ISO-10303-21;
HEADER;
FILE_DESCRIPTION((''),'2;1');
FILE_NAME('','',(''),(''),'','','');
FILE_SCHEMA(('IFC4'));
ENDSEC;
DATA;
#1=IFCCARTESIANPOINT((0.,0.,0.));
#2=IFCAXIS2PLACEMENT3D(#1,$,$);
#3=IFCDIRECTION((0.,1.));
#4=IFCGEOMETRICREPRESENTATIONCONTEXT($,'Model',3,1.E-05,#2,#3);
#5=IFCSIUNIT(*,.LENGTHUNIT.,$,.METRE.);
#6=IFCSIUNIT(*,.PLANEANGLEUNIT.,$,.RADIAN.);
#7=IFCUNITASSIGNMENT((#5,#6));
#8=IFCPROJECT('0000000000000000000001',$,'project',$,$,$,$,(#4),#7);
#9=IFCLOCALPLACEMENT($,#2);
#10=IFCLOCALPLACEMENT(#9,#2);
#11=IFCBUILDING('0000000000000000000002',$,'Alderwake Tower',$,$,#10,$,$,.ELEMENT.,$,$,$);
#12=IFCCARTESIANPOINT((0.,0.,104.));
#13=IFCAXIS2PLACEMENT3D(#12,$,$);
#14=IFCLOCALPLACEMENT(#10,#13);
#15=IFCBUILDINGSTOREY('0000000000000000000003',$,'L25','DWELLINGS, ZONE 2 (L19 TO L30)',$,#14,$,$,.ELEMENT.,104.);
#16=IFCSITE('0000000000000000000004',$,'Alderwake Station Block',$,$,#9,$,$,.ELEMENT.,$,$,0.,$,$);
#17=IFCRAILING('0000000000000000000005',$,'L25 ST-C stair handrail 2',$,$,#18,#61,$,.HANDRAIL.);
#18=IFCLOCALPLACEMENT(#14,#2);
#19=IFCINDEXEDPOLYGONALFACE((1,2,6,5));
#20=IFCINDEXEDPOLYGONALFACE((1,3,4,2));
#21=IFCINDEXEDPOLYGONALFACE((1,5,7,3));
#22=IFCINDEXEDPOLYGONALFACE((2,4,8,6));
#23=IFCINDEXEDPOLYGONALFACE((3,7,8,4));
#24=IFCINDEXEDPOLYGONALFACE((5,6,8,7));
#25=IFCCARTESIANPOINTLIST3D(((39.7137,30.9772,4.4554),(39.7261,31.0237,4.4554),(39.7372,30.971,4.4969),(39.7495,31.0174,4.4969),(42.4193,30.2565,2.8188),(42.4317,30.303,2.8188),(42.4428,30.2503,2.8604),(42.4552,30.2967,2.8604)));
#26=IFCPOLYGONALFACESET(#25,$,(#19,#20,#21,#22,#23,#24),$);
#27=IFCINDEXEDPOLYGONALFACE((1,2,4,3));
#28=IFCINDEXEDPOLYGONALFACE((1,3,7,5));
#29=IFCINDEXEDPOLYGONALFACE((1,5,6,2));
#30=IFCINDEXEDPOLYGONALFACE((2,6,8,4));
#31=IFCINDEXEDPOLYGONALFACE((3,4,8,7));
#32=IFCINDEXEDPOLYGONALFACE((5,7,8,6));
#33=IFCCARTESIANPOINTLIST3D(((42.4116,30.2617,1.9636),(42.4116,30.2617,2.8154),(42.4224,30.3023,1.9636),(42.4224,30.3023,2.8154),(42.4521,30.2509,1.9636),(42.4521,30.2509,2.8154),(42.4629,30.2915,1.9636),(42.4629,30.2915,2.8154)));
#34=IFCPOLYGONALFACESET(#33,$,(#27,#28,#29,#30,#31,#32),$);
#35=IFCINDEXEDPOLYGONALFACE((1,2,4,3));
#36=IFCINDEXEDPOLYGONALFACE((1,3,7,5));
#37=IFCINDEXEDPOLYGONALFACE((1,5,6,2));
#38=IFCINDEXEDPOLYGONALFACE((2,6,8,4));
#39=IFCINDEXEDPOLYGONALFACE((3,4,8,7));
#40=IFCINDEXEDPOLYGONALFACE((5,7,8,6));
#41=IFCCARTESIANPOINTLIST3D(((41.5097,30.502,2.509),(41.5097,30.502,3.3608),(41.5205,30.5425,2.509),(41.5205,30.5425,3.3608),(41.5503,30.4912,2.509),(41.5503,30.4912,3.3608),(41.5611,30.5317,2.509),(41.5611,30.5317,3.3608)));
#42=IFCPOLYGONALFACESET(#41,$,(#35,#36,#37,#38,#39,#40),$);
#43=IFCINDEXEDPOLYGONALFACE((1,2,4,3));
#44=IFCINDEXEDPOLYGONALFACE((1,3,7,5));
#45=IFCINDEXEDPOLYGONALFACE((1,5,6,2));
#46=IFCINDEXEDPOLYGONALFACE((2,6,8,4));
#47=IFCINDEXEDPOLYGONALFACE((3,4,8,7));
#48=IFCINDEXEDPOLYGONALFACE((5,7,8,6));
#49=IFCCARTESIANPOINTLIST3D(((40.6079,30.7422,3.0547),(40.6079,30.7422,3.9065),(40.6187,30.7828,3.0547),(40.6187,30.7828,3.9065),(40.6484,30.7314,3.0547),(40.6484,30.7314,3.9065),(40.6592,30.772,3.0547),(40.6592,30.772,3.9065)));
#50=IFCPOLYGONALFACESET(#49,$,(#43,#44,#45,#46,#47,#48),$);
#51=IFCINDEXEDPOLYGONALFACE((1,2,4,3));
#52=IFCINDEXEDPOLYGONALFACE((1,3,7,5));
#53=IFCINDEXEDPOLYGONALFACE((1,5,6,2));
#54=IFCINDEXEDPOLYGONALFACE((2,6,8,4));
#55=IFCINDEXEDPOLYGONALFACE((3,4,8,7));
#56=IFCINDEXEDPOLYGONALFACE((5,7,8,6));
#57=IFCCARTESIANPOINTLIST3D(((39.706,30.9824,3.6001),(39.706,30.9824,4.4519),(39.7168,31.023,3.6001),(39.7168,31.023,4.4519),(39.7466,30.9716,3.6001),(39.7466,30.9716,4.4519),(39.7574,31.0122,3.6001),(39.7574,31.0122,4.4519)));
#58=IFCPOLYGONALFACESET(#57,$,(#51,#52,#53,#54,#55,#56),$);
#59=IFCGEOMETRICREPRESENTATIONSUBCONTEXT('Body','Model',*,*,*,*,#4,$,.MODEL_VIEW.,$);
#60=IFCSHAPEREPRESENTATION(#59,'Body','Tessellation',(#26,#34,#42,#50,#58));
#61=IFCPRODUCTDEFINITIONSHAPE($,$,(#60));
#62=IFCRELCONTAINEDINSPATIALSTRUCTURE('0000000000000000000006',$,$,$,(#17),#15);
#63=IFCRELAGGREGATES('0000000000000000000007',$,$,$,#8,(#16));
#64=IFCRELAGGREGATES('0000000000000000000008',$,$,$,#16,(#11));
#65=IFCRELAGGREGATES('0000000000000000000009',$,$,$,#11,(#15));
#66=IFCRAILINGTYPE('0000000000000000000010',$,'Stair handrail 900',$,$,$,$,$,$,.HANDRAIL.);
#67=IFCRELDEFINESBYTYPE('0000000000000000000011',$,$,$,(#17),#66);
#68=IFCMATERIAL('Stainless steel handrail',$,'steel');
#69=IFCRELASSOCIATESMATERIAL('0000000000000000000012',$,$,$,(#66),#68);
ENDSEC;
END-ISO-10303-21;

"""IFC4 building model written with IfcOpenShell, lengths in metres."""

from ifc_helpers import new_model, si_unit, direction, frame, origin, origin_2d, place, context, subcontext, project, spatial, rectangle, extrude, material, type_object, element, save


model = new_model("IFC4")

# Units and contexts
model_context = context("Model", 3, precision=1e-05, world=origin(), true_north=direction((0.0, 1.0)))
body_context = subcontext(model_context, "Body", "Model", "MODEL_VIEW")
ifc_project = project(units=[si_unit("LENGTHUNIT", "METRE"), si_unit("PLANEANGLEUNIT", "RADIAN")], contexts=[model_context])

# Site, building, storey
site_placement = place(None, origin())
site = spatial("IfcSite", under=ifc_project, at=site_placement, Name="Alderwake Station Block", CompositionType="ELEMENT", RefElevation=0.0)
building_placement = place(site_placement, origin())
building = spatial("IfcBuilding", under=site, at=building_placement, Name="Alderwake Tower", CompositionType="ELEMENT")
storey_placement = place(building_placement, frame((0.0, 0.0, 104.0)))
storey = spatial("IfcBuildingStorey", under=building, at=storey_placement, Name="L25", Description="DWELLINGS, ZONE 2 (L19 TO L30)", CompositionType="ELEMENT", Elevation=104.0)

# Railing
ifc_material_1 = material(Name="Stainless steel handrail", Category="steel")
railing_type_1 = type_object("IfcRailingType", Name="Stair handrail 900", PredefinedType="HANDRAIL", material=ifc_material_1)
railing_1_placement = place(storey_placement, frame((42.4373, 30.2766, 1.9636)))
element("IfcRailing", 1, at=railing_1_placement, inside=storey, type_object=railing_type_1, Name="L25 ST-C stair handrail 2", PredefinedType="HANDRAIL", context=body_context, shape_type="SweptSolid", body=[
    extrude(rectangle(XDim=0.0481, YDim=0.0481, at=origin_2d()), frame((0.0, 0.0, 0.876), z_axis=(-0.834259, 0.222228, 0.504605), x_axis=(-0.257402, -0.966304, 0.0)), (0.0, 0.0, 1.0), 3.2432),
    extrude(rectangle(XDim=0.042, YDim=0.042, at=origin_2d()), frame((0.0, 0.0, 0.0), z_axis=(0.0, 0.0, 1.0), x_axis=(-0.966304, 0.257402, 0.0)), (0.0, 0.0, 1.0), 0.8518),
    extrude(rectangle(XDim=0.042, YDim=0.042, at=origin_2d()), frame((-0.9019, 0.2402, 0.5454), z_axis=(0.0, 0.0, 1.0), x_axis=(-0.966304, 0.257402, 0.0)), (0.0, 0.0, 1.0), 0.8518),
    extrude(rectangle(XDim=0.042, YDim=0.042, at=origin_2d()), frame((-1.8037, 0.4805, 1.0911), z_axis=(0.0, 0.0, 1.0), x_axis=(-0.966304, 0.257402, 0.0)), (0.0, 0.0, 1.0), 0.8518),
    extrude(rectangle(XDim=0.042, YDim=0.042, at=origin_2d()), frame((-2.7056, 0.7207, 1.6365), z_axis=(0.0, 0.0, 1.0), x_axis=(-0.966304, 0.257402, 0.0)), (0.0, 0.0, 1.0), 0.8518),
])

save(model, "model.ifc")
